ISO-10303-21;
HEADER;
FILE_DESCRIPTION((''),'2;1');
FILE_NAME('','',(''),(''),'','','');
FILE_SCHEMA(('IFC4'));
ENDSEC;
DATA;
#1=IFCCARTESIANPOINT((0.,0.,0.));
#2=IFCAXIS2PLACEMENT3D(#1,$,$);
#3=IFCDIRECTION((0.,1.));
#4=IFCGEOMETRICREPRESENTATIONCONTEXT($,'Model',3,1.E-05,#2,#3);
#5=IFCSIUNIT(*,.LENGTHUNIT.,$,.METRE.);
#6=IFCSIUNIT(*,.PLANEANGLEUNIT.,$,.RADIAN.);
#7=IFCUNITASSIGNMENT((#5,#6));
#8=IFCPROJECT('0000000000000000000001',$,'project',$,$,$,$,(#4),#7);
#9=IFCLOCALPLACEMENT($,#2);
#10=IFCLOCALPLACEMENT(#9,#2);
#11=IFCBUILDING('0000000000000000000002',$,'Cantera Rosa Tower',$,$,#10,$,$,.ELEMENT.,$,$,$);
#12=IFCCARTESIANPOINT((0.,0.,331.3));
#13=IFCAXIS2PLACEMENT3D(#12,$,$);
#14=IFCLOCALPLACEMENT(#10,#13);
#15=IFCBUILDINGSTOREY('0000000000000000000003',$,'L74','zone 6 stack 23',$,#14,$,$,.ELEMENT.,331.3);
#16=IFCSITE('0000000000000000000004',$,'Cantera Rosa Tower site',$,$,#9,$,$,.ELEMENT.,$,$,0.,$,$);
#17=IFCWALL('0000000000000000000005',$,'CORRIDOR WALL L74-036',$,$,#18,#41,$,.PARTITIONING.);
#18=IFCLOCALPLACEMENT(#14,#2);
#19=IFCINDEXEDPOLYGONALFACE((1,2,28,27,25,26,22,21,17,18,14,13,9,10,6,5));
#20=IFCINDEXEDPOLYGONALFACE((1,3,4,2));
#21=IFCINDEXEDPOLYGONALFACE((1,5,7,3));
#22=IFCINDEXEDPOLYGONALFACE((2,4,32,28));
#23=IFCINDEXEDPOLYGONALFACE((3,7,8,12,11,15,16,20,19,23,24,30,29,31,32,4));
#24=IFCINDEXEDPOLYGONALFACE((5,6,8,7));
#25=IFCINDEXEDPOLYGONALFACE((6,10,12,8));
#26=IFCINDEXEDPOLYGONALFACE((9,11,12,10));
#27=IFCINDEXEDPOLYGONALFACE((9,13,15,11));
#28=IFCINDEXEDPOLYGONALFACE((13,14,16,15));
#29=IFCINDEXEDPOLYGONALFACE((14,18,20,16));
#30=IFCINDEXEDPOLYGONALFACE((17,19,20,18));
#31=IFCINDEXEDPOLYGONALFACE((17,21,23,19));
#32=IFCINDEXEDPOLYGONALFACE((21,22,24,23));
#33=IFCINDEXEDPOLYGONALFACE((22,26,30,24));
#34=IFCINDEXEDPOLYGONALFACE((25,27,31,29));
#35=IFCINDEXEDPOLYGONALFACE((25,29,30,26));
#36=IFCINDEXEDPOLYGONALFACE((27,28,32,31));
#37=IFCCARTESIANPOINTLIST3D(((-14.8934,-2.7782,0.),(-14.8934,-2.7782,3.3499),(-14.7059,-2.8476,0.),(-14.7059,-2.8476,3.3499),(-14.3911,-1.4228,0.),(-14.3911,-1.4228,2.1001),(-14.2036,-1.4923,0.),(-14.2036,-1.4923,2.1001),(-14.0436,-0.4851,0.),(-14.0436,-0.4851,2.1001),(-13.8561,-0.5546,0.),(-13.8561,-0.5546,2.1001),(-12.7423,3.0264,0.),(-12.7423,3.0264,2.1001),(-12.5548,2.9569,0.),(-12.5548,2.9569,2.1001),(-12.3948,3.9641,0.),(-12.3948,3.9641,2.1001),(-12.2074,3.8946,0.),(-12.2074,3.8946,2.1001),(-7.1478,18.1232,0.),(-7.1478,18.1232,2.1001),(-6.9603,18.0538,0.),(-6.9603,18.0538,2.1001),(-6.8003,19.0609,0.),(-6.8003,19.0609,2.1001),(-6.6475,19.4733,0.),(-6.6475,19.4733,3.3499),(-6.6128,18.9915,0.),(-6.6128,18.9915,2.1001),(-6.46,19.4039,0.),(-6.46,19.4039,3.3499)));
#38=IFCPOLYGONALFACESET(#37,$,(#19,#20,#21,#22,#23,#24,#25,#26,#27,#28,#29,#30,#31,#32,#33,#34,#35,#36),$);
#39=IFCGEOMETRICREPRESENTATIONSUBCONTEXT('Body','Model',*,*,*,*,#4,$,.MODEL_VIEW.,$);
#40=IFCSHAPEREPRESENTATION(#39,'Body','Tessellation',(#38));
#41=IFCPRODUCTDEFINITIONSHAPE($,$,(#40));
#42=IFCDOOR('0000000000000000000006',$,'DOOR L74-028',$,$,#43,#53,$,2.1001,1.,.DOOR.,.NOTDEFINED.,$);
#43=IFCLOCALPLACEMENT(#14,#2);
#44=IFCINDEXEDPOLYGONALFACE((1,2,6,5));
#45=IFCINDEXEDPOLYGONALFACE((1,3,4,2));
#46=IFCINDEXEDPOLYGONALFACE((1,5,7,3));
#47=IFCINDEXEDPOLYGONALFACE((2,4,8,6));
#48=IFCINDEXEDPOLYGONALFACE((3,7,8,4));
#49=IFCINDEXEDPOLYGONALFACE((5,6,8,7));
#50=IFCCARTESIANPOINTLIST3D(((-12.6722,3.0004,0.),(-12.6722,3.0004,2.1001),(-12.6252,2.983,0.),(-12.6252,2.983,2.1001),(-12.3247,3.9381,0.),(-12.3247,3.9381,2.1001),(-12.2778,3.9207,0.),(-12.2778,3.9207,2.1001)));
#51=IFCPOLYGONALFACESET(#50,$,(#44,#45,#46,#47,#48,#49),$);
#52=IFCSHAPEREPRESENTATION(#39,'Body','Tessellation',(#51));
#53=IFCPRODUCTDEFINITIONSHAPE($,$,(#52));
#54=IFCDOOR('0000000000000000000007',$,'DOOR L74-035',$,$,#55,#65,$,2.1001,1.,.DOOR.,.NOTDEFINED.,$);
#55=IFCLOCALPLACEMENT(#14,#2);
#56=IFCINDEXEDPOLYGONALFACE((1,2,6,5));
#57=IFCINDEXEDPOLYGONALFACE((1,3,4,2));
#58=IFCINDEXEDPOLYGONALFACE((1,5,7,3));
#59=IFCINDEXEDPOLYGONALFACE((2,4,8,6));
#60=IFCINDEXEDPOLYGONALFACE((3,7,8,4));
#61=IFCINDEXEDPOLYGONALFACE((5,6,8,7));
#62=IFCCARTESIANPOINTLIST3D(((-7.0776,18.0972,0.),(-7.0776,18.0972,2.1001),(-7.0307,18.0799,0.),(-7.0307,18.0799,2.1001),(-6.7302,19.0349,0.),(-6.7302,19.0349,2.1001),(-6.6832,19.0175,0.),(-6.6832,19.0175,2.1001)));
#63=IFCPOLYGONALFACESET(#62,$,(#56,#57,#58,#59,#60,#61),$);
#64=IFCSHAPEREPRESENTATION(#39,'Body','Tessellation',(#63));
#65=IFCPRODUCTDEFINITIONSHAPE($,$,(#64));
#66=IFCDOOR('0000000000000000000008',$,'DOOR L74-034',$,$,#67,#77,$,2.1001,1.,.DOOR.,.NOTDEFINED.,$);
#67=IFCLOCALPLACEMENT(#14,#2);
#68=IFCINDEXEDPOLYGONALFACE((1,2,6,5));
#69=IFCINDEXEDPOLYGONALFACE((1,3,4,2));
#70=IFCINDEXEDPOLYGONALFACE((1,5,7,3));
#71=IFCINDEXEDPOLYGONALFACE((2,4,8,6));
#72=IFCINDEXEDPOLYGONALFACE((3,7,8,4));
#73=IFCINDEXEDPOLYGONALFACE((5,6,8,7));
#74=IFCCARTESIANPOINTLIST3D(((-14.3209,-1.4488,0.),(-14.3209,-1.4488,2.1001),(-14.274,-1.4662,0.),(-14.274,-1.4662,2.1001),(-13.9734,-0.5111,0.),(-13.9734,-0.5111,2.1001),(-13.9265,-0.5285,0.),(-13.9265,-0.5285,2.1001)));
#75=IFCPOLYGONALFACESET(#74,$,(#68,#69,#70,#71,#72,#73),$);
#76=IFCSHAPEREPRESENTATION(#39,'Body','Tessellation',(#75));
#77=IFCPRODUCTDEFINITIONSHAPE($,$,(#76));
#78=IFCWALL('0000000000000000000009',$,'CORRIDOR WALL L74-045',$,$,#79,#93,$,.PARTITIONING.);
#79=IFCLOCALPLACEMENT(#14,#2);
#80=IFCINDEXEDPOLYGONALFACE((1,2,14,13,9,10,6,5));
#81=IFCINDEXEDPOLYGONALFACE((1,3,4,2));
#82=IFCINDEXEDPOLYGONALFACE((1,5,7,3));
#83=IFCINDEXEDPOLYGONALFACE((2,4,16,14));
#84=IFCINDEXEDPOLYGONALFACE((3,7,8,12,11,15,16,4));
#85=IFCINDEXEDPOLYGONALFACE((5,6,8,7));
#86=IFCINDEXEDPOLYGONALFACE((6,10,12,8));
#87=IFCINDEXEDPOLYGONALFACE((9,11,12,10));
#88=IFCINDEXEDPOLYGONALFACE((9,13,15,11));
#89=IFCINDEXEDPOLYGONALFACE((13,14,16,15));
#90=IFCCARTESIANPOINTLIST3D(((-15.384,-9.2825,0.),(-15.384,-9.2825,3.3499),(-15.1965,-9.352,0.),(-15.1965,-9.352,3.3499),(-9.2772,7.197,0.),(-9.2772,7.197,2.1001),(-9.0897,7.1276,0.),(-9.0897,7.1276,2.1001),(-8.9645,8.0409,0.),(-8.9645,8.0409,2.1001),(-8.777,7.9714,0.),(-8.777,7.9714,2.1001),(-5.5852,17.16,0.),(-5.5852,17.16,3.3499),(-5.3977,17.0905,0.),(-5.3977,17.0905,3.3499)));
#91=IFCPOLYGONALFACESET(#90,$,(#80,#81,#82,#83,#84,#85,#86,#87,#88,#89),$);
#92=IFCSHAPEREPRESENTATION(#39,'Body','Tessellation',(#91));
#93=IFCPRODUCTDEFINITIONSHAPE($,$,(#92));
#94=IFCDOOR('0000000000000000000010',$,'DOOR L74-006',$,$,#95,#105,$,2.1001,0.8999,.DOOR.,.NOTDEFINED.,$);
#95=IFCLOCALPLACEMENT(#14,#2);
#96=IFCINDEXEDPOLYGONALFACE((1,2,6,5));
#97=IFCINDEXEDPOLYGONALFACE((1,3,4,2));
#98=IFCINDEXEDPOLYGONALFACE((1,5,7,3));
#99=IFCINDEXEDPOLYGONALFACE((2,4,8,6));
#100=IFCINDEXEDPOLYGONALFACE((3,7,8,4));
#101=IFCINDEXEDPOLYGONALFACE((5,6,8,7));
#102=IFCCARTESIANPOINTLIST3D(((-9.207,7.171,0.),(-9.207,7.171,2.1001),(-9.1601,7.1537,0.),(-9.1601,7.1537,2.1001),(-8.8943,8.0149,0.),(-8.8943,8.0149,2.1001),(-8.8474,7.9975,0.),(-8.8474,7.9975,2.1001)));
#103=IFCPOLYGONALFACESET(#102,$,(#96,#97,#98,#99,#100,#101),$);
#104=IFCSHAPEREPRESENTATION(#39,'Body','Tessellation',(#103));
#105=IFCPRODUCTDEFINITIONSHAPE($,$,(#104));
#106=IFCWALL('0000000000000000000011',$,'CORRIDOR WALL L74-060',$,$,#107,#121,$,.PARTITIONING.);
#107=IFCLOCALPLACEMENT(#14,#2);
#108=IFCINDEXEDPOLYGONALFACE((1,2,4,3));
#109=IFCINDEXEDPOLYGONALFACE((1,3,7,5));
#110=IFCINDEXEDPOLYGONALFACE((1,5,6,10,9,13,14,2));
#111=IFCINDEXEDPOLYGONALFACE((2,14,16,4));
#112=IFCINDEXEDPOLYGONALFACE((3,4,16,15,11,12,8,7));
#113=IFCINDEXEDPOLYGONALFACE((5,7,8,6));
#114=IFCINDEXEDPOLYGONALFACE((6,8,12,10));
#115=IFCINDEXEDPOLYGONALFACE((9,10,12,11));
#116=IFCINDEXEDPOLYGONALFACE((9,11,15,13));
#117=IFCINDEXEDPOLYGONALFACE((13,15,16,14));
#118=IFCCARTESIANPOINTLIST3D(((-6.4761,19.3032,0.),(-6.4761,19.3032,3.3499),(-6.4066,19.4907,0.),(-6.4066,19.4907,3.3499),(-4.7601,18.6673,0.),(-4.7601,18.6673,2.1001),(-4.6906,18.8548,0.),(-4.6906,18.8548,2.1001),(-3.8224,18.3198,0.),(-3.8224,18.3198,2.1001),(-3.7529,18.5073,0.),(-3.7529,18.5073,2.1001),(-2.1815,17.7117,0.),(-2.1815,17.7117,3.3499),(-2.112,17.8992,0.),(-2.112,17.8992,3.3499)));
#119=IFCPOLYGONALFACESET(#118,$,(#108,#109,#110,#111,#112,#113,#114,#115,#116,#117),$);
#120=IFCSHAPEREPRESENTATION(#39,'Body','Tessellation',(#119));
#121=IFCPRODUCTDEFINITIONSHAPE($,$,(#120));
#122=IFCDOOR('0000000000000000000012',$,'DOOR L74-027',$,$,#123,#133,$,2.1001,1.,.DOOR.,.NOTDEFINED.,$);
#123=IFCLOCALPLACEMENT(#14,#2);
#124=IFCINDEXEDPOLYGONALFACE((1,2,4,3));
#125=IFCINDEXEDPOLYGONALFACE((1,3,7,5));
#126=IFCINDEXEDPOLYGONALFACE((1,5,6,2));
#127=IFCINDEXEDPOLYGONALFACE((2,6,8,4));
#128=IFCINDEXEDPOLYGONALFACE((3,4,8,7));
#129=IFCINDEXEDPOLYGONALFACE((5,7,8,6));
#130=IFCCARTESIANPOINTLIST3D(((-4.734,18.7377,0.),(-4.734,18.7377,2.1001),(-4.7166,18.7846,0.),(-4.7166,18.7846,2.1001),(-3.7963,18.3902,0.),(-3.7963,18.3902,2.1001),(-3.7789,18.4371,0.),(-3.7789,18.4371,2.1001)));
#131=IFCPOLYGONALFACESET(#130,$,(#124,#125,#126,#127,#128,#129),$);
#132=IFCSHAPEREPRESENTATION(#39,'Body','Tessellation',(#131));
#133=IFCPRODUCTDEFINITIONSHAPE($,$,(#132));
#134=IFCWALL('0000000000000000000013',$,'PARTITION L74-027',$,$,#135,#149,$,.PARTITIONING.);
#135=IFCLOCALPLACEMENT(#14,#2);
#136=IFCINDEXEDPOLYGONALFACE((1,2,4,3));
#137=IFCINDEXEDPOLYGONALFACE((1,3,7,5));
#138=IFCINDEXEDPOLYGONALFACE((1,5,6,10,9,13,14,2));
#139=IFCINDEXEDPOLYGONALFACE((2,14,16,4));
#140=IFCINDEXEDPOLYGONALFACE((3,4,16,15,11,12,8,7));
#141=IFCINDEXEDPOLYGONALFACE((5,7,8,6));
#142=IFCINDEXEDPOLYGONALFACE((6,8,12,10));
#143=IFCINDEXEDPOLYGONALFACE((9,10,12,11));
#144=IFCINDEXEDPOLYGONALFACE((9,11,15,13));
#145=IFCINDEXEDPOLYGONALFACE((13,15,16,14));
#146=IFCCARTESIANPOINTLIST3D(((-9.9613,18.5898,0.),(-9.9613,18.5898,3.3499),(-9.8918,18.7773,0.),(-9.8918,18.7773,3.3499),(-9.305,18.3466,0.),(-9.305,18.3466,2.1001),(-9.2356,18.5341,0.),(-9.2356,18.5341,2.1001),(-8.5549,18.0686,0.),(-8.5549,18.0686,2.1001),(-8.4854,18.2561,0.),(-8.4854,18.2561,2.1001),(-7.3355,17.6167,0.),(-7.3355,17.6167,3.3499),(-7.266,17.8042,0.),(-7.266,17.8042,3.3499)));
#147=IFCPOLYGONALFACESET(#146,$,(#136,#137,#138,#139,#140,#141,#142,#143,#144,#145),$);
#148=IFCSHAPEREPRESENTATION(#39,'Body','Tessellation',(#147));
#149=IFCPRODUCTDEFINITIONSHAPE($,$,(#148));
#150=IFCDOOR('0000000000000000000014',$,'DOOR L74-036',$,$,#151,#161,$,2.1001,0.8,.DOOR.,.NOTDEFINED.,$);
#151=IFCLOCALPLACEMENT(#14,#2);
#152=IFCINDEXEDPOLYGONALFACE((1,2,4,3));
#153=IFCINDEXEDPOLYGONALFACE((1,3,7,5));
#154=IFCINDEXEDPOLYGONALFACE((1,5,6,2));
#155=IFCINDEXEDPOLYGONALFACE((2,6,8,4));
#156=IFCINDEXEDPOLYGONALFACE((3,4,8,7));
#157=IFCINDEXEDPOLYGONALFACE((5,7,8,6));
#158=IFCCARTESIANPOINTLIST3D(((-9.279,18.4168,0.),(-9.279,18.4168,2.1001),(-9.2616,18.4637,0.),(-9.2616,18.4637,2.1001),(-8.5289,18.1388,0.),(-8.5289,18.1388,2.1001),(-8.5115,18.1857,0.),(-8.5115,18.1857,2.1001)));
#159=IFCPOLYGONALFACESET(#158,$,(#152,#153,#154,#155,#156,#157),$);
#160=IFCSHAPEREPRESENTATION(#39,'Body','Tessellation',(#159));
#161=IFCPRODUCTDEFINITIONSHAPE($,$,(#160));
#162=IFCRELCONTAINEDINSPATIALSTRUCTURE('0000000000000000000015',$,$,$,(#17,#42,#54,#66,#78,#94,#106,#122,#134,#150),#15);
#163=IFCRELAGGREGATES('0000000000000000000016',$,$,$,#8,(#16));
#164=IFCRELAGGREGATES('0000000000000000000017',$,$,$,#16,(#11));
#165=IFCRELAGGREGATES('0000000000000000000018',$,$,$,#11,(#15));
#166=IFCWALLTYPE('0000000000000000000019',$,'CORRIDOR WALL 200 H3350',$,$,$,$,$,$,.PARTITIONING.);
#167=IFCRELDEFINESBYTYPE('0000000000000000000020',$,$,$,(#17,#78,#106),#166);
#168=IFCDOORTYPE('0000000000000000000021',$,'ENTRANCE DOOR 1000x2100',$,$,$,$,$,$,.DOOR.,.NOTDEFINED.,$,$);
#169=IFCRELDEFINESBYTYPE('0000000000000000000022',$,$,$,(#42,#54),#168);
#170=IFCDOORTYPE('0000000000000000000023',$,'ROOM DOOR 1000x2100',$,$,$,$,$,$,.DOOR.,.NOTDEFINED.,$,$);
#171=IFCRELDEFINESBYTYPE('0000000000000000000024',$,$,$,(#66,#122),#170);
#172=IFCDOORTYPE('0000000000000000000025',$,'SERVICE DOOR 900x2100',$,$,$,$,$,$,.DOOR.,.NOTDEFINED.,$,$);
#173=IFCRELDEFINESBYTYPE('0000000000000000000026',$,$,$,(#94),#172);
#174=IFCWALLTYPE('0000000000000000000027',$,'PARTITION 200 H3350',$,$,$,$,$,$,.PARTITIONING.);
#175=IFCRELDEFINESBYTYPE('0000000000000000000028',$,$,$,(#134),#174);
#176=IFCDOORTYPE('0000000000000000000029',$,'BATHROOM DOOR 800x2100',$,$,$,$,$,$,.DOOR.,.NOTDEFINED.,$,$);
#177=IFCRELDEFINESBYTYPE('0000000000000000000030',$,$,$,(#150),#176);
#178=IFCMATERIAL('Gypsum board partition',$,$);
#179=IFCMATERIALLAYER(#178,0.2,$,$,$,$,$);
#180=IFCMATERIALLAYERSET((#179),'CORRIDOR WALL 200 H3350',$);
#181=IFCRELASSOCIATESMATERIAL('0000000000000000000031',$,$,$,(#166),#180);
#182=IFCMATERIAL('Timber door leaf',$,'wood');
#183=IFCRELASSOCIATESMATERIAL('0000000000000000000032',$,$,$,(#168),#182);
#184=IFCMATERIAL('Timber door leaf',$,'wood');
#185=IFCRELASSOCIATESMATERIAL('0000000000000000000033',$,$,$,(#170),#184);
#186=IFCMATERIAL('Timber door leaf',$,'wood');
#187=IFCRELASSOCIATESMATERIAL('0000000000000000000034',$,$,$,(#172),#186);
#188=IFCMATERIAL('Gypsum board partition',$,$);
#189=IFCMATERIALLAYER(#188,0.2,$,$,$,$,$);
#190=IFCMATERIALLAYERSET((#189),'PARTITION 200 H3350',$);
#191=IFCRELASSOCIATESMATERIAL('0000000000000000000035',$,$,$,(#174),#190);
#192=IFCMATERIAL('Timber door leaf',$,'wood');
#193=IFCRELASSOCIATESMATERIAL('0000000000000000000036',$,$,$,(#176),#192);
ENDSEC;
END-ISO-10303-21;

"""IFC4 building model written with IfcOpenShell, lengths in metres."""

from ifc_helpers import new_model, si_unit, direction, frame, frame_2d, origin, place, context, subcontext, project, spatial, rectangle, extrude, material, layer, layer_set, type_object, element, fill, save


model = new_model("IFC4")

# Units and contexts
model_context = context("Model", 3, precision=1e-05, world=origin(), true_north=direction((0.0, 1.0)))
body_context = subcontext(model_context, "Body", "Model", "MODEL_VIEW")
ifc_project = project(units=[si_unit("LENGTHUNIT", "METRE"), si_unit("PLANEANGLEUNIT", "RADIAN")], contexts=[model_context])

# Site, building, storey
site_placement = place(None, origin())
site = spatial("IfcSite", under=ifc_project, at=site_placement, Name="Cantera Rosa Tower site", CompositionType="ELEMENT", RefElevation=0.0)
building_placement = place(site_placement, origin())
building = spatial("IfcBuilding", under=site, at=building_placement, Name="Cantera Rosa Tower", CompositionType="ELEMENT")
storey_placement = place(building_placement, frame((0.0, 0.0, 331.3)))
storey = spatial("IfcBuildingStorey", under=building, at=storey_placement, Name="L74", Description="zone 6 stack 23", CompositionType="ELEMENT", Elevation=331.3)

# Wall, openings, doors
ifc_material_1 = material(Name="Gypsum board partition")
ifc_layer_1 = layer(ifc_material_1, 0.2)
ifc_layer_set_1 = layer_set([ifc_layer_1], Name="CORRIDOR WALL 200 H3350")
wall_type_1 = type_object("IfcWallType", Name="CORRIDOR WALL 200 H3350", PredefinedType="PARTITIONING", material=ifc_layer_set_1)
wall_1_placement = place(storey_placement, frame((-6.5537, 19.4387, 0.0), z_axis=(0.0, 0.0, 1.0), x_axis=(-0.347484, -0.937686, 0.0)))
wall_1 = element("IfcWall", 1, at=wall_1_placement, inside=storey, type_object=wall_type_1, Name="CORRIDOR WALL L74-036", PredefinedType="PARTITIONING", context=body_context, shape_type="SweptSolid", body=[
    extrude(rectangle(XDim=23.7302, YDim=0.2, at=frame_2d((11.8652, 0.0))), origin(), (0.0, 0.0, 1.0), 3.3499),
])
opening_1_placement = place(wall_1_placement, frame((16.54, 0.0, 0.0)))
opening_1 = element("IfcOpeningElement", 2, at=opening_1_placement, cuts=wall_1, PredefinedType="OPENING", context=body_context, shape_type="SweptSolid", body=[
    extrude(rectangle(XDim=1.0, YDim=2.1001, at=frame_2d((0.5, 1.05))), frame((0.0, 0.1099, 0.0), z_axis=(0.0, -1.0, 0.0), x_axis=(1.0, 0.0, 0.0)), (0.0, 0.0, 1.0), 0.22),
])
opening_2_placement = place(wall_1_placement, frame((21.2849, 0.0, 0.0)))
opening_2 = element("IfcOpeningElement", 3, at=opening_2_placement, cuts=wall_1, PredefinedType="OPENING", context=body_context, shape_type="SweptSolid", body=[
    extrude(rectangle(XDim=1.0, YDim=2.1001, at=frame_2d((0.5, 1.05))), frame((0.0, 0.1099, 0.0), z_axis=(0.0, -1.0, 0.0), x_axis=(1.0, 0.0, 0.0)), (0.0, 0.0, 1.0), 0.22),
])
opening_3_placement = place(wall_1_placement, frame((0.4399, 0.0, 0.0)))
opening_3 = element("IfcOpeningElement", 4, at=opening_3_placement, cuts=wall_1, PredefinedType="OPENING", context=body_context, shape_type="SweptSolid", body=[
    extrude(rectangle(XDim=1.0, YDim=2.1001, at=frame_2d((0.5, 1.05))), frame((0.0, 0.1099, 0.0), z_axis=(0.0, -1.0, 0.0), x_axis=(1.0, 0.0, 0.0)), (0.0, 0.0, 1.0), 0.22),
])
ifc_material_2 = material(Name="Timber door leaf", Category="wood")
door_type_1 = type_object("IfcDoorType", Name="ENTRANCE DOOR 1000x2100", OperationType="NOTDEFINED", PredefinedType="DOOR", material=ifc_material_2)
door_1_placement = place(opening_1_placement, origin())
door_1 = element("IfcDoor", 5, at=door_1_placement, inside=storey, type_object=door_type_1, Name="DOOR L74-028", OperationType="NOTDEFINED", OverallHeight=2.1001, OverallWidth=1.0, PredefinedType="DOOR", context=body_context, shape_type="SweptSolid", body=[
    extrude(rectangle(XDim=1.0, YDim=2.1001, at=frame_2d((0.5, 1.05))), frame((0.0, 0.0249, 0.0), z_axis=(0.0, -1.0, 0.0), x_axis=(1.0, 0.0, 0.0)), (0.0, 0.0, 1.0), 0.05),
])
fill(opening_1, door_1)
door_2_placement = place(opening_3_placement, origin())
door_2 = element("IfcDoor", 6, at=door_2_placement, inside=storey, type_object=door_type_1, Name="DOOR L74-035", OperationType="NOTDEFINED", OverallHeight=2.1001, OverallWidth=1.0, PredefinedType="DOOR", context=body_context, shape_type="SweptSolid", body=[
    extrude(rectangle(XDim=1.0, YDim=2.1001, at=frame_2d((0.5, 1.05))), frame((0.0, 0.0249, 0.0), z_axis=(0.0, -1.0, 0.0), x_axis=(1.0, 0.0, 0.0)), (0.0, 0.0, 1.0), 0.05),
])
fill(opening_3, door_2)
ifc_material_3 = material(Name="Timber door leaf", Category="wood")
door_type_2 = type_object("IfcDoorType", Name="ROOM DOOR 1000x2100", OperationType="NOTDEFINED", PredefinedType="DOOR", material=ifc_material_3)
door_3_placement = place(opening_2_placement, origin())
door_3 = element("IfcDoor", 7, at=door_3_placement, inside=storey, type_object=door_type_2, Name="DOOR L74-034", OperationType="NOTDEFINED", OverallHeight=2.1001, OverallWidth=1.0, PredefinedType="DOOR", context=body_context, shape_type="SweptSolid", body=[
    extrude(rectangle(XDim=1.0, YDim=2.1001, at=frame_2d((0.5, 1.05))), frame((0.0, 0.0249, 0.0), z_axis=(0.0, -1.0, 0.0), x_axis=(1.0, 0.0, 0.0)), (0.0, 0.0, 1.0), 0.05),
])
fill(opening_2, door_3)

# Walls, openings, doors
wall_2_placement = place(storey_placement, frame((-5.4915, 17.1252, 0.0), z_axis=(0.0, 0.0, 1.0), x_axis=(-0.347478, -0.937688, 0.0)))
wall_2 = element("IfcWall", 8, at=wall_2_placement, inside=storey, type_object=wall_type_1, Name="CORRIDOR WALL L74-045", PredefinedType="PARTITIONING", context=body_context, shape_type="SweptSolid", body=[
    extrude(rectangle(XDim=28.1997, YDim=0.2, at=frame_2d((14.0999, 0.0))), origin(), (0.0, 0.0, 1.0), 3.3499),
])
opening_4_placement = place(wall_2_placement, frame((9.7251, 0.0, 0.0)))
opening_4 = element("IfcOpeningElement", 9, at=opening_4_placement, cuts=wall_2, PredefinedType="OPENING", context=body_context, shape_type="SweptSolid", body=[
    extrude(rectangle(XDim=0.8999, YDim=2.1001, at=frame_2d((0.45, 1.05))), frame((0.0, 0.1099, 0.0), z_axis=(0.0, -1.0, 0.0), x_axis=(1.0, 0.0, 0.0)), (0.0, 0.0, 1.0), 0.22),
])
ifc_material_4 = material(Name="Timber door leaf", Category="wood")
door_type_3 = type_object("IfcDoorType", Name="SERVICE DOOR 900x2100", OperationType="NOTDEFINED", PredefinedType="DOOR", material=ifc_material_4)
door_4_placement = place(opening_4_placement, origin())
door_4 = element("IfcDoor", 10, at=door_4_placement, inside=storey, type_object=door_type_3, Name="DOOR L74-006", OperationType="NOTDEFINED", OverallHeight=2.1001, OverallWidth=0.8999, PredefinedType="DOOR", context=body_context, shape_type="SweptSolid", body=[
    extrude(rectangle(XDim=0.8999, YDim=2.1001, at=frame_2d((0.45, 1.05))), frame((0.0, 0.0249, 0.0), z_axis=(0.0, -1.0, 0.0), x_axis=(1.0, 0.0, 0.0)), (0.0, 0.0, 1.0), 0.05),
])
fill(opening_4, door_4)
wall_3_placement = place(storey_placement, frame((-2.1467, 17.8054, 0.0), z_axis=(0.0, 0.0, 1.0), x_axis=(-0.937683, 0.347493, 0.0)))
wall_3 = element("IfcWall", 11, at=wall_3_placement, inside=storey, type_object=wall_type_1, Name="CORRIDOR WALL L74-060", PredefinedType="PARTITIONING", context=body_context, shape_type="SweptSolid", body=[
    extrude(rectangle(XDim=4.5801, YDim=0.2, at=frame_2d((2.29, 0.0))), origin(), (0.0, 0.0, 1.0), 3.3499),
])
opening_5_placement = place(wall_3_placement, frame((1.75, 0.0, 0.0)))
opening_5 = element("IfcOpeningElement", 12, at=opening_5_placement, cuts=wall_3, PredefinedType="OPENING", context=body_context, shape_type="SweptSolid", body=[
    extrude(rectangle(XDim=1.0, YDim=2.1001, at=frame_2d((0.5, 1.05))), frame((0.0, 0.1099, 0.0), z_axis=(0.0, -1.0, 0.0), x_axis=(1.0, 0.0, 0.0)), (0.0, 0.0, 1.0), 0.22),
])
door_5_placement = place(opening_5_placement, origin())
door_5 = element("IfcDoor", 13, at=door_5_placement, inside=storey, type_object=door_type_2, Name="DOOR L74-027", OperationType="NOTDEFINED", OverallHeight=2.1001, OverallWidth=1.0, PredefinedType="DOOR", context=body_context, shape_type="SweptSolid", body=[
    extrude(rectangle(XDim=1.0, YDim=2.1001, at=frame_2d((0.5, 1.05))), frame((0.0, 0.0249, 0.0), z_axis=(0.0, -1.0, 0.0), x_axis=(1.0, 0.0, 0.0)), (0.0, 0.0, 1.0), 0.05),
])
fill(opening_5, door_5)
ifc_material_5 = material(Name="Gypsum board partition")
ifc_layer_2 = layer(ifc_material_5, 0.2)
ifc_layer_set_2 = layer_set([ifc_layer_2], Name="PARTITION 200 H3350")
wall_type_2 = type_object("IfcWallType", Name="PARTITION 200 H3350", PredefinedType="PARTITIONING", material=ifc_layer_set_2)
wall_4_placement = place(storey_placement, frame((-9.9265, 18.6836, 0.0), z_axis=(0.0, 0.0, 1.0), x_axis=(0.937673, -0.347519, 0.0)))
wall_4 = element("IfcWall", 14, at=wall_4_placement, inside=storey, type_object=wall_type_2, Name="PARTITION L74-027", PredefinedType="PARTITIONING", context=body_context, shape_type="SweptSolid", body=[
    extrude(rectangle(XDim=2.8003, YDim=0.2, at=frame_2d((1.4001, 0.0))), origin(), (0.0, 0.0, 1.0), 3.3499),
])
opening_6_placement = place(wall_4_placement, frame((0.7, 0.0, 0.0)))
opening_6 = element("IfcOpeningElement", 15, at=opening_6_placement, cuts=wall_4, PredefinedType="OPENING", context=body_context, shape_type="SweptSolid", body=[
    extrude(rectangle(XDim=0.8, YDim=2.1001, at=frame_2d((0.3999, 1.05))), frame((0.0, 0.1099, 0.0), z_axis=(0.0, -1.0, 0.0), x_axis=(1.0, 0.0, 0.0)), (0.0, 0.0, 1.0), 0.22),
])
ifc_material_6 = material(Name="Timber door leaf", Category="wood")
door_type_4 = type_object("IfcDoorType", Name="BATHROOM DOOR 800x2100", OperationType="NOTDEFINED", PredefinedType="DOOR", material=ifc_material_6)
door_6_placement = place(opening_6_placement, origin())
door_6 = element("IfcDoor", 16, at=door_6_placement, inside=storey, type_object=door_type_4, Name="DOOR L74-036", OperationType="NOTDEFINED", OverallHeight=2.1001, OverallWidth=0.8, PredefinedType="DOOR", context=body_context, shape_type="SweptSolid", body=[
    extrude(rectangle(XDim=0.8, YDim=2.1001, at=frame_2d((0.3999, 1.05))), frame((0.0, 0.0249, 0.0), z_axis=(0.0, -1.0, 0.0), x_axis=(1.0, 0.0, 0.0)), (0.0, 0.0, 1.0), 0.05),
])
fill(opening_6, door_6)

save(model, "model.ifc")
